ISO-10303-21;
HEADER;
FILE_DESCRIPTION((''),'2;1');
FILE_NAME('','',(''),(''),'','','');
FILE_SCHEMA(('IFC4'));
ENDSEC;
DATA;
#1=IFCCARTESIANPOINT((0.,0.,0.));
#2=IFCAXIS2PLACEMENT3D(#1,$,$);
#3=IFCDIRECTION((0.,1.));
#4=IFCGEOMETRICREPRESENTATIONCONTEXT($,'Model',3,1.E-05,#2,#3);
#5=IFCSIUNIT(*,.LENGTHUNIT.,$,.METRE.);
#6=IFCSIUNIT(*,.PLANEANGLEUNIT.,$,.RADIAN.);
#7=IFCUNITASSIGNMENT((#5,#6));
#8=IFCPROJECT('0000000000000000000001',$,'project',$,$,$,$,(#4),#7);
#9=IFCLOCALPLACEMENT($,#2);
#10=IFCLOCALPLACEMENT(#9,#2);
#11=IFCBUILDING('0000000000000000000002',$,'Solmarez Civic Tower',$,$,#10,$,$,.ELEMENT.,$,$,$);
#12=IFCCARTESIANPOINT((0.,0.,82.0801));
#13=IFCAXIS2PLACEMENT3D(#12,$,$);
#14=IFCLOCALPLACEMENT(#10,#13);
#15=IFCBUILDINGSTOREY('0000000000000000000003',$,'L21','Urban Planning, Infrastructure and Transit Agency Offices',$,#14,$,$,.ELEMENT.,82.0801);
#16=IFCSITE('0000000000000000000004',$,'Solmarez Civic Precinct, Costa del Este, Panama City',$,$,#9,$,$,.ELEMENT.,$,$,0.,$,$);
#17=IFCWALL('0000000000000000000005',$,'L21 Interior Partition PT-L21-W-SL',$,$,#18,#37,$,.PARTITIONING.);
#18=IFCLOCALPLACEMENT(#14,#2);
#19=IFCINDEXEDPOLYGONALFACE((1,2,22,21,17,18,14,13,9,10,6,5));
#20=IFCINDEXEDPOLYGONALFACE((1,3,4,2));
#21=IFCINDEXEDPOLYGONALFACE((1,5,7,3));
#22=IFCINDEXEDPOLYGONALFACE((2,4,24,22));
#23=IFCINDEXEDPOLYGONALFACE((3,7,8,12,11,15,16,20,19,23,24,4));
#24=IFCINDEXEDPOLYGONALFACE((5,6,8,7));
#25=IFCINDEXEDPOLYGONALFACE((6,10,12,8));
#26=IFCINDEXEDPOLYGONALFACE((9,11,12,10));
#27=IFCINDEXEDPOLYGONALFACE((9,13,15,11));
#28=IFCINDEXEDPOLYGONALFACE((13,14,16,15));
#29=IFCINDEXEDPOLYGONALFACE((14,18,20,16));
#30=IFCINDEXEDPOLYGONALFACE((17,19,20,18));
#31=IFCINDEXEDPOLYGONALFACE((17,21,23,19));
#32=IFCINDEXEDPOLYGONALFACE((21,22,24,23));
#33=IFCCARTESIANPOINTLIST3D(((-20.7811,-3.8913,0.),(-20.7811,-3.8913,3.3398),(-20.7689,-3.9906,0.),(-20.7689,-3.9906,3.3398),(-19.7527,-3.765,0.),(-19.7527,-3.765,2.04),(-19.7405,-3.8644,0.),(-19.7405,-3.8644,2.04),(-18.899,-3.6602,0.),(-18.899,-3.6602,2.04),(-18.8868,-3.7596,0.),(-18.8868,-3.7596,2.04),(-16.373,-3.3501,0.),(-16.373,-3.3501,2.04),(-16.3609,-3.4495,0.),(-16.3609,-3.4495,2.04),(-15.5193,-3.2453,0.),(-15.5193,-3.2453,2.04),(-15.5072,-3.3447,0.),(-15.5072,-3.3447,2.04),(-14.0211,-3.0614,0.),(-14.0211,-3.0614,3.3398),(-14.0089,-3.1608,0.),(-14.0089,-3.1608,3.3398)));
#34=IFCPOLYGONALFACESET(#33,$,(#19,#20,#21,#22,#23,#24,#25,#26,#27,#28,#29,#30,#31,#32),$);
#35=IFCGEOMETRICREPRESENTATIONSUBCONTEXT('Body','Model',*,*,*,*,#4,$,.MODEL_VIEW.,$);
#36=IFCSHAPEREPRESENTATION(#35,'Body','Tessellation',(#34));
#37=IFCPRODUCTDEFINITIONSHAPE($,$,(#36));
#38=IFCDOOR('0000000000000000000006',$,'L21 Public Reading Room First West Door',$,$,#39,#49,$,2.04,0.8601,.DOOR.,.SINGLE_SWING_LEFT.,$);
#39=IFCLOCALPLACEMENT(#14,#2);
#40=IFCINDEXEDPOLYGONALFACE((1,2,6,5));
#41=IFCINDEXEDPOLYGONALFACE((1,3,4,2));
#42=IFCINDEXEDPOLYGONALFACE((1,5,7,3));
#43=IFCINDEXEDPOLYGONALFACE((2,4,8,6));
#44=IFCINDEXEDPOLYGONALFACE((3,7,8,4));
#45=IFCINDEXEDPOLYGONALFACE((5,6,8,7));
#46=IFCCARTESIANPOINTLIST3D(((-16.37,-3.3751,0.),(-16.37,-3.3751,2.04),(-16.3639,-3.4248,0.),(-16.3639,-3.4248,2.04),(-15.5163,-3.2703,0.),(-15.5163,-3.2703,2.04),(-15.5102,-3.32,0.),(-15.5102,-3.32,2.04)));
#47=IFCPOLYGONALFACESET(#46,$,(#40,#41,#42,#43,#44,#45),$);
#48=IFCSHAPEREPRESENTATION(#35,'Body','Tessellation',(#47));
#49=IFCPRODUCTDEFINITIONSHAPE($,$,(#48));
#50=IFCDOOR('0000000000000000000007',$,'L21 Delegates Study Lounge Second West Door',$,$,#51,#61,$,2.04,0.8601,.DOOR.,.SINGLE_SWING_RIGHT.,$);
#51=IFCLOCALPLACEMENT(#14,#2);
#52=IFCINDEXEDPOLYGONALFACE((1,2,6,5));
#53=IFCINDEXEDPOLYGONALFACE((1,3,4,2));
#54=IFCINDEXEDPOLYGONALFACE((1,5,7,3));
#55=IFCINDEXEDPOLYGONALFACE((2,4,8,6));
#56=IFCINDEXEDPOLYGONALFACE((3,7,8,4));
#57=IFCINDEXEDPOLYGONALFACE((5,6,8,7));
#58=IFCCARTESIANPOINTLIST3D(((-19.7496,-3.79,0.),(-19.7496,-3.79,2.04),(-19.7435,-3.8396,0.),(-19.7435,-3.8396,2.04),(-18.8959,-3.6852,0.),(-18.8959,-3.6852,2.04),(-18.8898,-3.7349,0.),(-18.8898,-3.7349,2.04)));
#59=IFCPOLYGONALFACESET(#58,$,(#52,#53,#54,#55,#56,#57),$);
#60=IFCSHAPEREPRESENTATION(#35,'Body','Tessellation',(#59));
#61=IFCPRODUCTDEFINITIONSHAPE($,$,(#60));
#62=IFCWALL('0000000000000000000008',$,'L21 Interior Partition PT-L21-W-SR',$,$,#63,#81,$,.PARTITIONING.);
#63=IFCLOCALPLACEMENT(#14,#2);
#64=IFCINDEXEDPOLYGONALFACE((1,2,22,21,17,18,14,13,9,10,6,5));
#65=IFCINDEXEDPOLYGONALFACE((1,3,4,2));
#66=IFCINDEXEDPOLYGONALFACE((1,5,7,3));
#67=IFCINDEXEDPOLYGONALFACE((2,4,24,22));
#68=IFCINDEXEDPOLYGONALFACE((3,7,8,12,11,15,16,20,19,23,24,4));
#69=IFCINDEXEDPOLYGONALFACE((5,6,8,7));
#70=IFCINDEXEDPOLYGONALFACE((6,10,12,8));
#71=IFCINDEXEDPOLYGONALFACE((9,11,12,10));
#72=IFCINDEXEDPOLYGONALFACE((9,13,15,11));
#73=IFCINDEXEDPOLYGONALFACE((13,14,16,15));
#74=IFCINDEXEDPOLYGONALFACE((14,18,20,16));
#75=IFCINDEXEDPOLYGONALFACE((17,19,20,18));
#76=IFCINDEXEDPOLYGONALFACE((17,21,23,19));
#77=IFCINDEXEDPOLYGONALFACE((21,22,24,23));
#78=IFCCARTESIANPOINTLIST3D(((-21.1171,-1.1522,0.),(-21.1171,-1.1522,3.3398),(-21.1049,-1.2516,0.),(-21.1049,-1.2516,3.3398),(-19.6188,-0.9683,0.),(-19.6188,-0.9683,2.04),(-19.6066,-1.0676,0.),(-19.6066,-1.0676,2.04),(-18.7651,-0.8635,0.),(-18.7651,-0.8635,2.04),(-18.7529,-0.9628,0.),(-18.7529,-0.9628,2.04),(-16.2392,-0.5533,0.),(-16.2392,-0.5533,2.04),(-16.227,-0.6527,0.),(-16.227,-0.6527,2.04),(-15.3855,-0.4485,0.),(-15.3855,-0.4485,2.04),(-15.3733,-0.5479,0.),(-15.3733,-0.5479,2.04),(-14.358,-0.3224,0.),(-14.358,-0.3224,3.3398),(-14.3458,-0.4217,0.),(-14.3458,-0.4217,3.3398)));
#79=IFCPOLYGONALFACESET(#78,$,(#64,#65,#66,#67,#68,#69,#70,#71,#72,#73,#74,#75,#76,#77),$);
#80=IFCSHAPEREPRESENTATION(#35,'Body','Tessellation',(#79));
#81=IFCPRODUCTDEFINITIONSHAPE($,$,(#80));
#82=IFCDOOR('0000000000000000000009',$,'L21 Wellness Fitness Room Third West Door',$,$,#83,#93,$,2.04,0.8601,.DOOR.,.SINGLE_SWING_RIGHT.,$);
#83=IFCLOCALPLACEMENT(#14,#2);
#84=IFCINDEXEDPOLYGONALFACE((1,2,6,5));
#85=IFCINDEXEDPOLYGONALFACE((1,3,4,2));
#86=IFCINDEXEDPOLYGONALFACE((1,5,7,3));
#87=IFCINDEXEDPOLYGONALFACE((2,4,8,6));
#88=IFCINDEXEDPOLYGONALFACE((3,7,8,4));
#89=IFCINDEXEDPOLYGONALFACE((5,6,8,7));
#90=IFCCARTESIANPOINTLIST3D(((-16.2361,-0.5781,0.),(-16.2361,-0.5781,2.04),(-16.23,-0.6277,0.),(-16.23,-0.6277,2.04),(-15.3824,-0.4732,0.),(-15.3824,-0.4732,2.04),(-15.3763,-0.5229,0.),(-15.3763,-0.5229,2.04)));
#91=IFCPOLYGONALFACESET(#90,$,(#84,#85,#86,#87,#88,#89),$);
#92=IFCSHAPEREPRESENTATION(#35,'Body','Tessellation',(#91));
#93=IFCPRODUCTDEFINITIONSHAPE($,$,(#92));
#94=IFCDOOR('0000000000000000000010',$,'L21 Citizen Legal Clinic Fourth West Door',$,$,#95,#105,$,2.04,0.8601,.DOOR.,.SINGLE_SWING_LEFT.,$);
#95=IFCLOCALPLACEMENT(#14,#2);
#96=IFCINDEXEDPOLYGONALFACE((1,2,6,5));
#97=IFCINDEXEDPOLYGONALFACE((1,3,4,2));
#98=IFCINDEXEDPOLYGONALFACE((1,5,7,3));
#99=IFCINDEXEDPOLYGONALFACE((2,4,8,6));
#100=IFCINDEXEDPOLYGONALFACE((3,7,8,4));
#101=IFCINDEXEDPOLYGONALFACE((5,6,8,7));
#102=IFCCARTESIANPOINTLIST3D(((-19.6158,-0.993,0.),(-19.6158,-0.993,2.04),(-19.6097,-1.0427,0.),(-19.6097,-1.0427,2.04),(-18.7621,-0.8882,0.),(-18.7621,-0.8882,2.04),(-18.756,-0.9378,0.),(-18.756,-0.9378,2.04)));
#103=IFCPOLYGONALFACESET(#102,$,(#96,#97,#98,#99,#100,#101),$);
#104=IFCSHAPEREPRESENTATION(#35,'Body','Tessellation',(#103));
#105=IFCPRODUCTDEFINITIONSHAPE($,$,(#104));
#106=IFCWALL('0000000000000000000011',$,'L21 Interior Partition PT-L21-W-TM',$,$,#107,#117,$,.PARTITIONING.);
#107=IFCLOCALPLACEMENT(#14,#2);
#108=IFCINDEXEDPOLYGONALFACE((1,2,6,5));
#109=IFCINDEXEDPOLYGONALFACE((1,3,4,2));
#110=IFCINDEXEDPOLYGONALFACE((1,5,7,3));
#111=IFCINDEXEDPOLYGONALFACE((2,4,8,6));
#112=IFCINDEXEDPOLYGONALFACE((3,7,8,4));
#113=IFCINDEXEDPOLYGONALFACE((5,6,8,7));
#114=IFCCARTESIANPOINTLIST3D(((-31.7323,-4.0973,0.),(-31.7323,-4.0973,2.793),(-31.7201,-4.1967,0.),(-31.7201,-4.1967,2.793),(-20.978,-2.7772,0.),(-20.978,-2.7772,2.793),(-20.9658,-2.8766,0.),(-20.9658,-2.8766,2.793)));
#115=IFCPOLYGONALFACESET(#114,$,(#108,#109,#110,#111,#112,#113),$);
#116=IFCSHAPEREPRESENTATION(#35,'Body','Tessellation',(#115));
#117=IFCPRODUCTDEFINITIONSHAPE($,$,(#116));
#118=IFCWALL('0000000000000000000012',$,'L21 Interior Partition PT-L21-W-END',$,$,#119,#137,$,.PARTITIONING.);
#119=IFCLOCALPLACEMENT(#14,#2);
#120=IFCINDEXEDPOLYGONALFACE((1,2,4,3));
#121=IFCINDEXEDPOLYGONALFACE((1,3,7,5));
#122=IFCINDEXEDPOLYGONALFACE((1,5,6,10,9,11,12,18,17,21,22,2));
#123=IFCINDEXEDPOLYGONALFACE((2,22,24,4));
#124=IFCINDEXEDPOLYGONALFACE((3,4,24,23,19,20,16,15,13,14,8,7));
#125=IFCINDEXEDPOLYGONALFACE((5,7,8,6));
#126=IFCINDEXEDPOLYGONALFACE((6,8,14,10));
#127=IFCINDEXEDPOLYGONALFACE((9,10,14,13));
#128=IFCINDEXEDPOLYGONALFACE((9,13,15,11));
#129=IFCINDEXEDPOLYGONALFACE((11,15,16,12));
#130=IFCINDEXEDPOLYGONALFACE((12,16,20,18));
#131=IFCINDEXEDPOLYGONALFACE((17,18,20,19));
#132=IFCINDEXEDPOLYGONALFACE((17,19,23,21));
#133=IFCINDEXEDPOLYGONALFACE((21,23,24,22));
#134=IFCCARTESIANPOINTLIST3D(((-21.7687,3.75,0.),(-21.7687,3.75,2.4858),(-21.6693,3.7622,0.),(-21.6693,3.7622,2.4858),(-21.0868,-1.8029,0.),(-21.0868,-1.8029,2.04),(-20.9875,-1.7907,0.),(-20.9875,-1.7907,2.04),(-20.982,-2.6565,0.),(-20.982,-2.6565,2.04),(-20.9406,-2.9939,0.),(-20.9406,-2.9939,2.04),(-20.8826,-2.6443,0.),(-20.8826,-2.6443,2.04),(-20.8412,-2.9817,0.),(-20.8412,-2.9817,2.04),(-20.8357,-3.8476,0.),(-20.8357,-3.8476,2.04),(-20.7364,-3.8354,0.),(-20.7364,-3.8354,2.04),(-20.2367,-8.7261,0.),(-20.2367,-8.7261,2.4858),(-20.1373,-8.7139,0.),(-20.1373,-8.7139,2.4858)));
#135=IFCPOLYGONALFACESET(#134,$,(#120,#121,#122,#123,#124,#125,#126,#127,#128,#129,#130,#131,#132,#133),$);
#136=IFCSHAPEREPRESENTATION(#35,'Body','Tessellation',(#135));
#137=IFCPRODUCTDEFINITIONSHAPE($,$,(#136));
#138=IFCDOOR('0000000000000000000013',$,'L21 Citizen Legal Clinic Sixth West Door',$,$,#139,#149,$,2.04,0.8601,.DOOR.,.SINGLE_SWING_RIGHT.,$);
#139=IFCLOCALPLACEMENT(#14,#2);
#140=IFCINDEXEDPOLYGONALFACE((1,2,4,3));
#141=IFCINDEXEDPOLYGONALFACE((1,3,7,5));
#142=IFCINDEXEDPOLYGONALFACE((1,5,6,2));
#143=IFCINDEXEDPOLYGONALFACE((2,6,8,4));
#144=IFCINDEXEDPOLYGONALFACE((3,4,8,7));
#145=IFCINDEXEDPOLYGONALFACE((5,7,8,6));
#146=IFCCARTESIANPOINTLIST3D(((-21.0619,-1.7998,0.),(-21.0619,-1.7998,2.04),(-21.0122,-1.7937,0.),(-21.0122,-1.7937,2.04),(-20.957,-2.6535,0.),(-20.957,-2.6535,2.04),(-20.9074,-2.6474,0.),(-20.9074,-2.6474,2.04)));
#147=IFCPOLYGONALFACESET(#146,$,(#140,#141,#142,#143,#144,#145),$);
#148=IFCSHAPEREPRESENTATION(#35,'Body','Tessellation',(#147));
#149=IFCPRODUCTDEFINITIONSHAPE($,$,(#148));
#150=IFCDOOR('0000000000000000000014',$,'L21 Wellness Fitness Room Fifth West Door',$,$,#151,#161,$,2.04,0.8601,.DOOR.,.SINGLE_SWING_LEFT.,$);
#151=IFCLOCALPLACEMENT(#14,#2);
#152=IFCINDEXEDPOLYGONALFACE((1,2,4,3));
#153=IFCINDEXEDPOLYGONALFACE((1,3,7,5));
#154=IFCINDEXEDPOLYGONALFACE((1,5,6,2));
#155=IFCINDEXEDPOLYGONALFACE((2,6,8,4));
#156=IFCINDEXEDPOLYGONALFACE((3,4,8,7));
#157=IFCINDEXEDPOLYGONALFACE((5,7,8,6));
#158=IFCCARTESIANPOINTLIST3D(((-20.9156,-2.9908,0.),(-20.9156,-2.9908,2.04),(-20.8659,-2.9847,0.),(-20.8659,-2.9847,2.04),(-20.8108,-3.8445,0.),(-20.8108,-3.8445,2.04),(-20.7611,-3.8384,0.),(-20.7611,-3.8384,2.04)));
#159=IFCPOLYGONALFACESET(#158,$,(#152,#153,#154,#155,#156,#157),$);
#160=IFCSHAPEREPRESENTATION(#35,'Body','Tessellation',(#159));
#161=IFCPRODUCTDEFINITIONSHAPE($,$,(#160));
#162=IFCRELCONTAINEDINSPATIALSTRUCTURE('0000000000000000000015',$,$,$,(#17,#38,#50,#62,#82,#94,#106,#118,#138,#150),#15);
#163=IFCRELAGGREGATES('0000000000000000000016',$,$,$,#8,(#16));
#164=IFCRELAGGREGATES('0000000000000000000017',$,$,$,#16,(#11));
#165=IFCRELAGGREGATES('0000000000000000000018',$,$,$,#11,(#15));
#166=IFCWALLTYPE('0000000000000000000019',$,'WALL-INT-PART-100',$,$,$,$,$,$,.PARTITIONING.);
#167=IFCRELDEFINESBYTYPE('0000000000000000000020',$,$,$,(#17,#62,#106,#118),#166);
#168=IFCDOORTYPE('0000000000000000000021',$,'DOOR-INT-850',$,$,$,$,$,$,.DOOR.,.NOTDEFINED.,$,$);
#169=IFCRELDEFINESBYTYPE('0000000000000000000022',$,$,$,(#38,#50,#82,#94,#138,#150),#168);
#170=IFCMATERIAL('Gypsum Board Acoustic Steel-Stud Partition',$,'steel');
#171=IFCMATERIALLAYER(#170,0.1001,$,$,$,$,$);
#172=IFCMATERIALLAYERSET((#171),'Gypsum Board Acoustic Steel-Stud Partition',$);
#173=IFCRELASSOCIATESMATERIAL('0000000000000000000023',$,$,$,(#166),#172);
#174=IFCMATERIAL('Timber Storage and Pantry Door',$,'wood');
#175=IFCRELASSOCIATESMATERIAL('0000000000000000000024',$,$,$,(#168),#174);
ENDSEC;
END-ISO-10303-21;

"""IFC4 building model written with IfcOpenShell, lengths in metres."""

from ifc_helpers import new_model, si_unit, direction, frame, frame_2d, origin, place, context, subcontext, project, spatial, rectangle, extrude, material, layer, layer_set, type_object, element, fill, save


model = new_model("IFC4")

# Units and contexts
model_context = context("Model", 3, precision=1e-05, world=origin(), true_north=direction((0.0, 1.0)))
body_context = subcontext(model_context, "Body", "Model", "MODEL_VIEW")
ifc_project = project(units=[si_unit("LENGTHUNIT", "METRE"), si_unit("PLANEANGLEUNIT", "RADIAN")], contexts=[model_context])

# Site, building, storey
site_placement = place(None, origin())
site = spatial("IfcSite", under=ifc_project, at=site_placement, Name="Solmarez Civic Precinct, Costa del Este, Panama City", CompositionType="ELEMENT", RefElevation=0.0)
building_placement = place(site_placement, origin())
building = spatial("IfcBuilding", under=site, at=building_placement, Name="Solmarez Civic Tower", CompositionType="ELEMENT")
storey_placement = place(building_placement, frame((0.0, 0.0, 82.0801)))
storey = spatial("IfcBuildingStorey", under=building, at=storey_placement, Name="L21", Description="Urban Planning, Infrastructure and Transit Agency Offices", CompositionType="ELEMENT", Elevation=82.0801)

# Shared definitions
ifc_material_1 = material(Name="Gypsum Board Acoustic Steel-Stud Partition", Category="steel")
ifc_layer_1 = layer(ifc_material_1, 0.1001)
ifc_layer_set_1 = layer_set([ifc_layer_1], Name="Gypsum Board Acoustic Steel-Stud Partition")
wall_type_1 = type_object("IfcWallType", Name="WALL-INT-PART-100", PredefinedType="PARTITIONING", material=ifc_layer_set_1)

# Walls, openings, doors
wall_1_placement = place(storey_placement, frame((-20.7749, -3.9409, 0.0), z_axis=(0.0, 0.0, 1.0), x_axis=(0.99255, 0.121842, 0.0)))
wall_1 = element("IfcWall", 1, at=wall_1_placement, inside=storey, type_object=wall_type_1, Name="L21 Interior Partition PT-L21-W-SL", PredefinedType="PARTITIONING", context=body_context, shape_type="SweptSolid", body=[
    extrude(rectangle(XDim=6.8108, YDim=0.1001, at=frame_2d((3.4053, 0.0))), origin(), (0.0, 0.0, 1.0), 3.3398),
])
opening_1_placement = place(wall_1_placement, frame((4.4409, 0.0, 0.0)))
opening_1 = element("IfcOpeningElement", 2, at=opening_1_placement, cuts=wall_1, PredefinedType="OPENING", context=body_context, shape_type="SweptSolid", body=[
    extrude(rectangle(XDim=0.8601, YDim=2.04, at=frame_2d((0.4302, 1.02))), frame((0.0, 0.0601, 0.0), z_axis=(0.0, -1.0, 0.0), x_axis=(1.0, 0.0, 0.0)), (0.0, 0.0, 1.0), 0.1201),
])
opening_2_placement = place(wall_1_placement, frame((1.0359, 0.0, 0.0)))
opening_2 = element("IfcOpeningElement", 3, at=opening_2_placement, cuts=wall_1, PredefinedType="OPENING", context=body_context, shape_type="SweptSolid", body=[
    extrude(rectangle(XDim=0.8601, YDim=2.04, at=frame_2d((0.4302, 1.02))), frame((0.0, 0.0601, 0.0), z_axis=(0.0, -1.0, 0.0), x_axis=(1.0, 0.0, 0.0)), (0.0, 0.0, 1.0), 0.1201),
])
ifc_material_2 = material(Name="Timber Storage and Pantry Door", Category="wood")
door_type_1 = type_object("IfcDoorType", Name="DOOR-INT-850", OperationType="NOTDEFINED", PredefinedType="DOOR", material=ifc_material_2)
door_1_placement = place(opening_1_placement, origin())
door_1 = element("IfcDoor", 4, at=door_1_placement, inside=storey, type_object=door_type_1, Name="L21 Public Reading Room First West Door", OperationType="SINGLE_SWING_LEFT", OverallHeight=2.04, OverallWidth=0.8601, PredefinedType="DOOR", context=body_context, shape_type="SweptSolid", body=[
    extrude(rectangle(XDim=0.8601, YDim=2.04, at=frame_2d((0.4302, 1.02))), frame((0.0, 0.0249, 0.0), z_axis=(0.0, -1.0, 0.0), x_axis=(1.0, 0.0, 0.0)), (0.0, 0.0, 1.0), 0.05),
])
fill(opening_1, door_1)
door_2_placement = place(opening_2_placement, origin())
door_2 = element("IfcDoor", 5, at=door_2_placement, inside=storey, type_object=door_type_1, Name="L21 Delegates Study Lounge Second West Door", OperationType="SINGLE_SWING_RIGHT", OverallHeight=2.04, OverallWidth=0.8601, PredefinedType="DOOR", context=body_context, shape_type="SweptSolid", body=[
    extrude(rectangle(XDim=0.8601, YDim=2.04, at=frame_2d((0.4302, 1.02))), frame((0.0, 0.0249, 0.0), z_axis=(0.0, -1.0, 0.0), x_axis=(1.0, 0.0, 0.0)), (0.0, 0.0, 1.0), 0.05),
])
fill(opening_2, door_2)
wall_2_placement = place(storey_placement, frame((-14.3521, -0.3721, 0.0), z_axis=(0.0, 0.0, 1.0), x_axis=(-0.992547, -0.121859, 0.0)))
wall_2 = element("IfcWall", 6, at=wall_2_placement, inside=storey, type_object=wall_type_1, Name="L21 Interior Partition PT-L21-W-SR", PredefinedType="PARTITIONING", context=body_context, shape_type="SweptSolid", body=[
    extrude(rectangle(XDim=6.8098, YDim=0.1001, at=frame_2d((3.4048, 0.0))), origin(), (0.0, 0.0, 1.0), 3.3398),
])
opening_3_placement = place(wall_2_placement, frame((1.0349, 0.0, 0.0)))
opening_3 = element("IfcOpeningElement", 7, at=opening_3_placement, cuts=wall_2, PredefinedType="OPENING", context=body_context, shape_type="SweptSolid", body=[
    extrude(rectangle(XDim=0.8601, YDim=2.04, at=frame_2d((0.4302, 1.02))), frame((0.0, 0.0601, 0.0), z_axis=(0.0, -1.0, 0.0), x_axis=(1.0, 0.0, 0.0)), (0.0, 0.0, 1.0), 0.1201),
])
opening_4_placement = place(wall_2_placement, frame((4.4399, 0.0, 0.0)))
opening_4 = element("IfcOpeningElement", 8, at=opening_4_placement, cuts=wall_2, PredefinedType="OPENING", context=body_context, shape_type="SweptSolid", body=[
    extrude(rectangle(XDim=0.8601, YDim=2.04, at=frame_2d((0.4302, 1.02))), frame((0.0, 0.0601, 0.0), z_axis=(0.0, -1.0, 0.0), x_axis=(1.0, 0.0, 0.0)), (0.0, 0.0, 1.0), 0.1201),
])
door_3_placement = place(opening_3_placement, origin())
door_3 = element("IfcDoor", 9, at=door_3_placement, inside=storey, type_object=door_type_1, Name="L21 Wellness Fitness Room Third West Door", OperationType="SINGLE_SWING_RIGHT", OverallHeight=2.04, OverallWidth=0.8601, PredefinedType="DOOR", context=body_context, shape_type="SweptSolid", body=[
    extrude(rectangle(XDim=0.8601, YDim=2.04, at=frame_2d((0.4302, 1.02))), frame((0.0, 0.0249, 0.0), z_axis=(0.0, -1.0, 0.0), x_axis=(1.0, 0.0, 0.0)), (0.0, 0.0, 1.0), 0.05),
])
fill(opening_3, door_3)
door_4_placement = place(opening_4_placement, origin())
door_4 = element("IfcDoor", 10, at=door_4_placement, inside=storey, type_object=door_type_1, Name="L21 Citizen Legal Clinic Fourth West Door", OperationType="SINGLE_SWING_LEFT", OverallHeight=2.04, OverallWidth=0.8601, PredefinedType="DOOR", context=body_context, shape_type="SweptSolid", body=[
    extrude(rectangle(XDim=0.8601, YDim=2.04, at=frame_2d((0.4302, 1.02))), frame((0.0, 0.0249, 0.0), z_axis=(0.0, -1.0, 0.0), x_axis=(1.0, 0.0, 0.0)), (0.0, 0.0, 1.0), 0.05),
])
fill(opening_4, door_4)

# Wall
wall_3_placement = place(storey_placement, frame((-20.9719, -2.8269, 0.0), z_axis=(0.0, 0.0, 1.0), x_axis=(-0.99255, -0.121835, 0.0)))
element("IfcWall", 11, at=wall_3_placement, inside=storey, type_object=wall_type_1, Name="L21 Interior Partition PT-L21-W-TM", PredefinedType="PARTITIONING", context=body_context, shape_type="SweptSolid", body=[
    extrude(rectangle(XDim=10.835, YDim=0.1001, at=frame_2d((5.4175, 0.0))), origin(), (0.0, 0.0, 1.0), 2.793),
])

# Wall, openings, doors
wall_4_placement = place(storey_placement, frame((-20.187, -8.72, 0.0), z_axis=(0.0, 0.0, 1.0), x_axis=(-0.121878, 0.992545, 0.0)))
wall_4 = element("IfcWall", 12, at=wall_4_placement, inside=storey, type_object=wall_type_1, Name="L21 Interior Partition PT-L21-W-END", PredefinedType="PARTITIONING", context=body_context, shape_type="SweptSolid", body=[
    extrude(rectangle(XDim=12.5698, YDim=0.1001, at=frame_2d((6.2849, 0.0))), origin(), (0.0, 0.0, 1.0), 2.4858),
])
opening_5_placement = place(wall_4_placement, frame((6.115, 0.0, 0.0)))
opening_5 = element("IfcOpeningElement", 13, at=opening_5_placement, cuts=wall_4, PredefinedType="OPENING", context=body_context, shape_type="SweptSolid", body=[
    extrude(rectangle(XDim=0.8601, YDim=2.04, at=frame_2d((0.4302, 1.02))), frame((0.0, 0.0601, 0.0), z_axis=(0.0, -1.0, 0.0), x_axis=(1.0, 0.0, 0.0)), (0.0, 0.0, 1.0), 0.1201),
])
opening_6_placement = place(wall_4_placement, frame((4.915, 0.0, 0.0)))
opening_6 = element("IfcOpeningElement", 14, at=opening_6_placement, cuts=wall_4, PredefinedType="OPENING", context=body_context, shape_type="SweptSolid", body=[
    extrude(rectangle(XDim=0.8601, YDim=2.04, at=frame_2d((0.4302, 1.02))), frame((0.0, 0.0601, 0.0), z_axis=(0.0, -1.0, 0.0), x_axis=(1.0, 0.0, 0.0)), (0.0, 0.0, 1.0), 0.1201),
])
door_5_placement = place(opening_5_placement, origin())
door_5 = element("IfcDoor", 15, at=door_5_placement, inside=storey, type_object=door_type_1, Name="L21 Citizen Legal Clinic Sixth West Door", OperationType="SINGLE_SWING_RIGHT", OverallHeight=2.04, OverallWidth=0.8601, PredefinedType="DOOR", context=body_context, shape_type="SweptSolid", body=[
    extrude(rectangle(XDim=0.8601, YDim=2.04, at=frame_2d((0.4302, 1.02))), frame((0.0, 0.0249, 0.0), z_axis=(0.0, -1.0, 0.0), x_axis=(1.0, 0.0, 0.0)), (0.0, 0.0, 1.0), 0.05),
])
fill(opening_5, door_5)
door_6_placement = place(opening_6_placement, origin())
door_6 = element("IfcDoor", 16, at=door_6_placement, inside=storey, type_object=door_type_1, Name="L21 Wellness Fitness Room Fifth West Door", OperationType="SINGLE_SWING_LEFT", OverallHeight=2.04, OverallWidth=0.8601, PredefinedType="DOOR", context=body_context, shape_type="SweptSolid", body=[
    extrude(rectangle(XDim=0.8601, YDim=2.04, at=frame_2d((0.4302, 1.02))), frame((0.0, 0.0249, 0.0), z_axis=(0.0, -1.0, 0.0), x_axis=(1.0, 0.0, 0.0)), (0.0, 0.0, 1.0), 0.05),
])
fill(opening_6, door_6)

save(model, "model.ifc")
